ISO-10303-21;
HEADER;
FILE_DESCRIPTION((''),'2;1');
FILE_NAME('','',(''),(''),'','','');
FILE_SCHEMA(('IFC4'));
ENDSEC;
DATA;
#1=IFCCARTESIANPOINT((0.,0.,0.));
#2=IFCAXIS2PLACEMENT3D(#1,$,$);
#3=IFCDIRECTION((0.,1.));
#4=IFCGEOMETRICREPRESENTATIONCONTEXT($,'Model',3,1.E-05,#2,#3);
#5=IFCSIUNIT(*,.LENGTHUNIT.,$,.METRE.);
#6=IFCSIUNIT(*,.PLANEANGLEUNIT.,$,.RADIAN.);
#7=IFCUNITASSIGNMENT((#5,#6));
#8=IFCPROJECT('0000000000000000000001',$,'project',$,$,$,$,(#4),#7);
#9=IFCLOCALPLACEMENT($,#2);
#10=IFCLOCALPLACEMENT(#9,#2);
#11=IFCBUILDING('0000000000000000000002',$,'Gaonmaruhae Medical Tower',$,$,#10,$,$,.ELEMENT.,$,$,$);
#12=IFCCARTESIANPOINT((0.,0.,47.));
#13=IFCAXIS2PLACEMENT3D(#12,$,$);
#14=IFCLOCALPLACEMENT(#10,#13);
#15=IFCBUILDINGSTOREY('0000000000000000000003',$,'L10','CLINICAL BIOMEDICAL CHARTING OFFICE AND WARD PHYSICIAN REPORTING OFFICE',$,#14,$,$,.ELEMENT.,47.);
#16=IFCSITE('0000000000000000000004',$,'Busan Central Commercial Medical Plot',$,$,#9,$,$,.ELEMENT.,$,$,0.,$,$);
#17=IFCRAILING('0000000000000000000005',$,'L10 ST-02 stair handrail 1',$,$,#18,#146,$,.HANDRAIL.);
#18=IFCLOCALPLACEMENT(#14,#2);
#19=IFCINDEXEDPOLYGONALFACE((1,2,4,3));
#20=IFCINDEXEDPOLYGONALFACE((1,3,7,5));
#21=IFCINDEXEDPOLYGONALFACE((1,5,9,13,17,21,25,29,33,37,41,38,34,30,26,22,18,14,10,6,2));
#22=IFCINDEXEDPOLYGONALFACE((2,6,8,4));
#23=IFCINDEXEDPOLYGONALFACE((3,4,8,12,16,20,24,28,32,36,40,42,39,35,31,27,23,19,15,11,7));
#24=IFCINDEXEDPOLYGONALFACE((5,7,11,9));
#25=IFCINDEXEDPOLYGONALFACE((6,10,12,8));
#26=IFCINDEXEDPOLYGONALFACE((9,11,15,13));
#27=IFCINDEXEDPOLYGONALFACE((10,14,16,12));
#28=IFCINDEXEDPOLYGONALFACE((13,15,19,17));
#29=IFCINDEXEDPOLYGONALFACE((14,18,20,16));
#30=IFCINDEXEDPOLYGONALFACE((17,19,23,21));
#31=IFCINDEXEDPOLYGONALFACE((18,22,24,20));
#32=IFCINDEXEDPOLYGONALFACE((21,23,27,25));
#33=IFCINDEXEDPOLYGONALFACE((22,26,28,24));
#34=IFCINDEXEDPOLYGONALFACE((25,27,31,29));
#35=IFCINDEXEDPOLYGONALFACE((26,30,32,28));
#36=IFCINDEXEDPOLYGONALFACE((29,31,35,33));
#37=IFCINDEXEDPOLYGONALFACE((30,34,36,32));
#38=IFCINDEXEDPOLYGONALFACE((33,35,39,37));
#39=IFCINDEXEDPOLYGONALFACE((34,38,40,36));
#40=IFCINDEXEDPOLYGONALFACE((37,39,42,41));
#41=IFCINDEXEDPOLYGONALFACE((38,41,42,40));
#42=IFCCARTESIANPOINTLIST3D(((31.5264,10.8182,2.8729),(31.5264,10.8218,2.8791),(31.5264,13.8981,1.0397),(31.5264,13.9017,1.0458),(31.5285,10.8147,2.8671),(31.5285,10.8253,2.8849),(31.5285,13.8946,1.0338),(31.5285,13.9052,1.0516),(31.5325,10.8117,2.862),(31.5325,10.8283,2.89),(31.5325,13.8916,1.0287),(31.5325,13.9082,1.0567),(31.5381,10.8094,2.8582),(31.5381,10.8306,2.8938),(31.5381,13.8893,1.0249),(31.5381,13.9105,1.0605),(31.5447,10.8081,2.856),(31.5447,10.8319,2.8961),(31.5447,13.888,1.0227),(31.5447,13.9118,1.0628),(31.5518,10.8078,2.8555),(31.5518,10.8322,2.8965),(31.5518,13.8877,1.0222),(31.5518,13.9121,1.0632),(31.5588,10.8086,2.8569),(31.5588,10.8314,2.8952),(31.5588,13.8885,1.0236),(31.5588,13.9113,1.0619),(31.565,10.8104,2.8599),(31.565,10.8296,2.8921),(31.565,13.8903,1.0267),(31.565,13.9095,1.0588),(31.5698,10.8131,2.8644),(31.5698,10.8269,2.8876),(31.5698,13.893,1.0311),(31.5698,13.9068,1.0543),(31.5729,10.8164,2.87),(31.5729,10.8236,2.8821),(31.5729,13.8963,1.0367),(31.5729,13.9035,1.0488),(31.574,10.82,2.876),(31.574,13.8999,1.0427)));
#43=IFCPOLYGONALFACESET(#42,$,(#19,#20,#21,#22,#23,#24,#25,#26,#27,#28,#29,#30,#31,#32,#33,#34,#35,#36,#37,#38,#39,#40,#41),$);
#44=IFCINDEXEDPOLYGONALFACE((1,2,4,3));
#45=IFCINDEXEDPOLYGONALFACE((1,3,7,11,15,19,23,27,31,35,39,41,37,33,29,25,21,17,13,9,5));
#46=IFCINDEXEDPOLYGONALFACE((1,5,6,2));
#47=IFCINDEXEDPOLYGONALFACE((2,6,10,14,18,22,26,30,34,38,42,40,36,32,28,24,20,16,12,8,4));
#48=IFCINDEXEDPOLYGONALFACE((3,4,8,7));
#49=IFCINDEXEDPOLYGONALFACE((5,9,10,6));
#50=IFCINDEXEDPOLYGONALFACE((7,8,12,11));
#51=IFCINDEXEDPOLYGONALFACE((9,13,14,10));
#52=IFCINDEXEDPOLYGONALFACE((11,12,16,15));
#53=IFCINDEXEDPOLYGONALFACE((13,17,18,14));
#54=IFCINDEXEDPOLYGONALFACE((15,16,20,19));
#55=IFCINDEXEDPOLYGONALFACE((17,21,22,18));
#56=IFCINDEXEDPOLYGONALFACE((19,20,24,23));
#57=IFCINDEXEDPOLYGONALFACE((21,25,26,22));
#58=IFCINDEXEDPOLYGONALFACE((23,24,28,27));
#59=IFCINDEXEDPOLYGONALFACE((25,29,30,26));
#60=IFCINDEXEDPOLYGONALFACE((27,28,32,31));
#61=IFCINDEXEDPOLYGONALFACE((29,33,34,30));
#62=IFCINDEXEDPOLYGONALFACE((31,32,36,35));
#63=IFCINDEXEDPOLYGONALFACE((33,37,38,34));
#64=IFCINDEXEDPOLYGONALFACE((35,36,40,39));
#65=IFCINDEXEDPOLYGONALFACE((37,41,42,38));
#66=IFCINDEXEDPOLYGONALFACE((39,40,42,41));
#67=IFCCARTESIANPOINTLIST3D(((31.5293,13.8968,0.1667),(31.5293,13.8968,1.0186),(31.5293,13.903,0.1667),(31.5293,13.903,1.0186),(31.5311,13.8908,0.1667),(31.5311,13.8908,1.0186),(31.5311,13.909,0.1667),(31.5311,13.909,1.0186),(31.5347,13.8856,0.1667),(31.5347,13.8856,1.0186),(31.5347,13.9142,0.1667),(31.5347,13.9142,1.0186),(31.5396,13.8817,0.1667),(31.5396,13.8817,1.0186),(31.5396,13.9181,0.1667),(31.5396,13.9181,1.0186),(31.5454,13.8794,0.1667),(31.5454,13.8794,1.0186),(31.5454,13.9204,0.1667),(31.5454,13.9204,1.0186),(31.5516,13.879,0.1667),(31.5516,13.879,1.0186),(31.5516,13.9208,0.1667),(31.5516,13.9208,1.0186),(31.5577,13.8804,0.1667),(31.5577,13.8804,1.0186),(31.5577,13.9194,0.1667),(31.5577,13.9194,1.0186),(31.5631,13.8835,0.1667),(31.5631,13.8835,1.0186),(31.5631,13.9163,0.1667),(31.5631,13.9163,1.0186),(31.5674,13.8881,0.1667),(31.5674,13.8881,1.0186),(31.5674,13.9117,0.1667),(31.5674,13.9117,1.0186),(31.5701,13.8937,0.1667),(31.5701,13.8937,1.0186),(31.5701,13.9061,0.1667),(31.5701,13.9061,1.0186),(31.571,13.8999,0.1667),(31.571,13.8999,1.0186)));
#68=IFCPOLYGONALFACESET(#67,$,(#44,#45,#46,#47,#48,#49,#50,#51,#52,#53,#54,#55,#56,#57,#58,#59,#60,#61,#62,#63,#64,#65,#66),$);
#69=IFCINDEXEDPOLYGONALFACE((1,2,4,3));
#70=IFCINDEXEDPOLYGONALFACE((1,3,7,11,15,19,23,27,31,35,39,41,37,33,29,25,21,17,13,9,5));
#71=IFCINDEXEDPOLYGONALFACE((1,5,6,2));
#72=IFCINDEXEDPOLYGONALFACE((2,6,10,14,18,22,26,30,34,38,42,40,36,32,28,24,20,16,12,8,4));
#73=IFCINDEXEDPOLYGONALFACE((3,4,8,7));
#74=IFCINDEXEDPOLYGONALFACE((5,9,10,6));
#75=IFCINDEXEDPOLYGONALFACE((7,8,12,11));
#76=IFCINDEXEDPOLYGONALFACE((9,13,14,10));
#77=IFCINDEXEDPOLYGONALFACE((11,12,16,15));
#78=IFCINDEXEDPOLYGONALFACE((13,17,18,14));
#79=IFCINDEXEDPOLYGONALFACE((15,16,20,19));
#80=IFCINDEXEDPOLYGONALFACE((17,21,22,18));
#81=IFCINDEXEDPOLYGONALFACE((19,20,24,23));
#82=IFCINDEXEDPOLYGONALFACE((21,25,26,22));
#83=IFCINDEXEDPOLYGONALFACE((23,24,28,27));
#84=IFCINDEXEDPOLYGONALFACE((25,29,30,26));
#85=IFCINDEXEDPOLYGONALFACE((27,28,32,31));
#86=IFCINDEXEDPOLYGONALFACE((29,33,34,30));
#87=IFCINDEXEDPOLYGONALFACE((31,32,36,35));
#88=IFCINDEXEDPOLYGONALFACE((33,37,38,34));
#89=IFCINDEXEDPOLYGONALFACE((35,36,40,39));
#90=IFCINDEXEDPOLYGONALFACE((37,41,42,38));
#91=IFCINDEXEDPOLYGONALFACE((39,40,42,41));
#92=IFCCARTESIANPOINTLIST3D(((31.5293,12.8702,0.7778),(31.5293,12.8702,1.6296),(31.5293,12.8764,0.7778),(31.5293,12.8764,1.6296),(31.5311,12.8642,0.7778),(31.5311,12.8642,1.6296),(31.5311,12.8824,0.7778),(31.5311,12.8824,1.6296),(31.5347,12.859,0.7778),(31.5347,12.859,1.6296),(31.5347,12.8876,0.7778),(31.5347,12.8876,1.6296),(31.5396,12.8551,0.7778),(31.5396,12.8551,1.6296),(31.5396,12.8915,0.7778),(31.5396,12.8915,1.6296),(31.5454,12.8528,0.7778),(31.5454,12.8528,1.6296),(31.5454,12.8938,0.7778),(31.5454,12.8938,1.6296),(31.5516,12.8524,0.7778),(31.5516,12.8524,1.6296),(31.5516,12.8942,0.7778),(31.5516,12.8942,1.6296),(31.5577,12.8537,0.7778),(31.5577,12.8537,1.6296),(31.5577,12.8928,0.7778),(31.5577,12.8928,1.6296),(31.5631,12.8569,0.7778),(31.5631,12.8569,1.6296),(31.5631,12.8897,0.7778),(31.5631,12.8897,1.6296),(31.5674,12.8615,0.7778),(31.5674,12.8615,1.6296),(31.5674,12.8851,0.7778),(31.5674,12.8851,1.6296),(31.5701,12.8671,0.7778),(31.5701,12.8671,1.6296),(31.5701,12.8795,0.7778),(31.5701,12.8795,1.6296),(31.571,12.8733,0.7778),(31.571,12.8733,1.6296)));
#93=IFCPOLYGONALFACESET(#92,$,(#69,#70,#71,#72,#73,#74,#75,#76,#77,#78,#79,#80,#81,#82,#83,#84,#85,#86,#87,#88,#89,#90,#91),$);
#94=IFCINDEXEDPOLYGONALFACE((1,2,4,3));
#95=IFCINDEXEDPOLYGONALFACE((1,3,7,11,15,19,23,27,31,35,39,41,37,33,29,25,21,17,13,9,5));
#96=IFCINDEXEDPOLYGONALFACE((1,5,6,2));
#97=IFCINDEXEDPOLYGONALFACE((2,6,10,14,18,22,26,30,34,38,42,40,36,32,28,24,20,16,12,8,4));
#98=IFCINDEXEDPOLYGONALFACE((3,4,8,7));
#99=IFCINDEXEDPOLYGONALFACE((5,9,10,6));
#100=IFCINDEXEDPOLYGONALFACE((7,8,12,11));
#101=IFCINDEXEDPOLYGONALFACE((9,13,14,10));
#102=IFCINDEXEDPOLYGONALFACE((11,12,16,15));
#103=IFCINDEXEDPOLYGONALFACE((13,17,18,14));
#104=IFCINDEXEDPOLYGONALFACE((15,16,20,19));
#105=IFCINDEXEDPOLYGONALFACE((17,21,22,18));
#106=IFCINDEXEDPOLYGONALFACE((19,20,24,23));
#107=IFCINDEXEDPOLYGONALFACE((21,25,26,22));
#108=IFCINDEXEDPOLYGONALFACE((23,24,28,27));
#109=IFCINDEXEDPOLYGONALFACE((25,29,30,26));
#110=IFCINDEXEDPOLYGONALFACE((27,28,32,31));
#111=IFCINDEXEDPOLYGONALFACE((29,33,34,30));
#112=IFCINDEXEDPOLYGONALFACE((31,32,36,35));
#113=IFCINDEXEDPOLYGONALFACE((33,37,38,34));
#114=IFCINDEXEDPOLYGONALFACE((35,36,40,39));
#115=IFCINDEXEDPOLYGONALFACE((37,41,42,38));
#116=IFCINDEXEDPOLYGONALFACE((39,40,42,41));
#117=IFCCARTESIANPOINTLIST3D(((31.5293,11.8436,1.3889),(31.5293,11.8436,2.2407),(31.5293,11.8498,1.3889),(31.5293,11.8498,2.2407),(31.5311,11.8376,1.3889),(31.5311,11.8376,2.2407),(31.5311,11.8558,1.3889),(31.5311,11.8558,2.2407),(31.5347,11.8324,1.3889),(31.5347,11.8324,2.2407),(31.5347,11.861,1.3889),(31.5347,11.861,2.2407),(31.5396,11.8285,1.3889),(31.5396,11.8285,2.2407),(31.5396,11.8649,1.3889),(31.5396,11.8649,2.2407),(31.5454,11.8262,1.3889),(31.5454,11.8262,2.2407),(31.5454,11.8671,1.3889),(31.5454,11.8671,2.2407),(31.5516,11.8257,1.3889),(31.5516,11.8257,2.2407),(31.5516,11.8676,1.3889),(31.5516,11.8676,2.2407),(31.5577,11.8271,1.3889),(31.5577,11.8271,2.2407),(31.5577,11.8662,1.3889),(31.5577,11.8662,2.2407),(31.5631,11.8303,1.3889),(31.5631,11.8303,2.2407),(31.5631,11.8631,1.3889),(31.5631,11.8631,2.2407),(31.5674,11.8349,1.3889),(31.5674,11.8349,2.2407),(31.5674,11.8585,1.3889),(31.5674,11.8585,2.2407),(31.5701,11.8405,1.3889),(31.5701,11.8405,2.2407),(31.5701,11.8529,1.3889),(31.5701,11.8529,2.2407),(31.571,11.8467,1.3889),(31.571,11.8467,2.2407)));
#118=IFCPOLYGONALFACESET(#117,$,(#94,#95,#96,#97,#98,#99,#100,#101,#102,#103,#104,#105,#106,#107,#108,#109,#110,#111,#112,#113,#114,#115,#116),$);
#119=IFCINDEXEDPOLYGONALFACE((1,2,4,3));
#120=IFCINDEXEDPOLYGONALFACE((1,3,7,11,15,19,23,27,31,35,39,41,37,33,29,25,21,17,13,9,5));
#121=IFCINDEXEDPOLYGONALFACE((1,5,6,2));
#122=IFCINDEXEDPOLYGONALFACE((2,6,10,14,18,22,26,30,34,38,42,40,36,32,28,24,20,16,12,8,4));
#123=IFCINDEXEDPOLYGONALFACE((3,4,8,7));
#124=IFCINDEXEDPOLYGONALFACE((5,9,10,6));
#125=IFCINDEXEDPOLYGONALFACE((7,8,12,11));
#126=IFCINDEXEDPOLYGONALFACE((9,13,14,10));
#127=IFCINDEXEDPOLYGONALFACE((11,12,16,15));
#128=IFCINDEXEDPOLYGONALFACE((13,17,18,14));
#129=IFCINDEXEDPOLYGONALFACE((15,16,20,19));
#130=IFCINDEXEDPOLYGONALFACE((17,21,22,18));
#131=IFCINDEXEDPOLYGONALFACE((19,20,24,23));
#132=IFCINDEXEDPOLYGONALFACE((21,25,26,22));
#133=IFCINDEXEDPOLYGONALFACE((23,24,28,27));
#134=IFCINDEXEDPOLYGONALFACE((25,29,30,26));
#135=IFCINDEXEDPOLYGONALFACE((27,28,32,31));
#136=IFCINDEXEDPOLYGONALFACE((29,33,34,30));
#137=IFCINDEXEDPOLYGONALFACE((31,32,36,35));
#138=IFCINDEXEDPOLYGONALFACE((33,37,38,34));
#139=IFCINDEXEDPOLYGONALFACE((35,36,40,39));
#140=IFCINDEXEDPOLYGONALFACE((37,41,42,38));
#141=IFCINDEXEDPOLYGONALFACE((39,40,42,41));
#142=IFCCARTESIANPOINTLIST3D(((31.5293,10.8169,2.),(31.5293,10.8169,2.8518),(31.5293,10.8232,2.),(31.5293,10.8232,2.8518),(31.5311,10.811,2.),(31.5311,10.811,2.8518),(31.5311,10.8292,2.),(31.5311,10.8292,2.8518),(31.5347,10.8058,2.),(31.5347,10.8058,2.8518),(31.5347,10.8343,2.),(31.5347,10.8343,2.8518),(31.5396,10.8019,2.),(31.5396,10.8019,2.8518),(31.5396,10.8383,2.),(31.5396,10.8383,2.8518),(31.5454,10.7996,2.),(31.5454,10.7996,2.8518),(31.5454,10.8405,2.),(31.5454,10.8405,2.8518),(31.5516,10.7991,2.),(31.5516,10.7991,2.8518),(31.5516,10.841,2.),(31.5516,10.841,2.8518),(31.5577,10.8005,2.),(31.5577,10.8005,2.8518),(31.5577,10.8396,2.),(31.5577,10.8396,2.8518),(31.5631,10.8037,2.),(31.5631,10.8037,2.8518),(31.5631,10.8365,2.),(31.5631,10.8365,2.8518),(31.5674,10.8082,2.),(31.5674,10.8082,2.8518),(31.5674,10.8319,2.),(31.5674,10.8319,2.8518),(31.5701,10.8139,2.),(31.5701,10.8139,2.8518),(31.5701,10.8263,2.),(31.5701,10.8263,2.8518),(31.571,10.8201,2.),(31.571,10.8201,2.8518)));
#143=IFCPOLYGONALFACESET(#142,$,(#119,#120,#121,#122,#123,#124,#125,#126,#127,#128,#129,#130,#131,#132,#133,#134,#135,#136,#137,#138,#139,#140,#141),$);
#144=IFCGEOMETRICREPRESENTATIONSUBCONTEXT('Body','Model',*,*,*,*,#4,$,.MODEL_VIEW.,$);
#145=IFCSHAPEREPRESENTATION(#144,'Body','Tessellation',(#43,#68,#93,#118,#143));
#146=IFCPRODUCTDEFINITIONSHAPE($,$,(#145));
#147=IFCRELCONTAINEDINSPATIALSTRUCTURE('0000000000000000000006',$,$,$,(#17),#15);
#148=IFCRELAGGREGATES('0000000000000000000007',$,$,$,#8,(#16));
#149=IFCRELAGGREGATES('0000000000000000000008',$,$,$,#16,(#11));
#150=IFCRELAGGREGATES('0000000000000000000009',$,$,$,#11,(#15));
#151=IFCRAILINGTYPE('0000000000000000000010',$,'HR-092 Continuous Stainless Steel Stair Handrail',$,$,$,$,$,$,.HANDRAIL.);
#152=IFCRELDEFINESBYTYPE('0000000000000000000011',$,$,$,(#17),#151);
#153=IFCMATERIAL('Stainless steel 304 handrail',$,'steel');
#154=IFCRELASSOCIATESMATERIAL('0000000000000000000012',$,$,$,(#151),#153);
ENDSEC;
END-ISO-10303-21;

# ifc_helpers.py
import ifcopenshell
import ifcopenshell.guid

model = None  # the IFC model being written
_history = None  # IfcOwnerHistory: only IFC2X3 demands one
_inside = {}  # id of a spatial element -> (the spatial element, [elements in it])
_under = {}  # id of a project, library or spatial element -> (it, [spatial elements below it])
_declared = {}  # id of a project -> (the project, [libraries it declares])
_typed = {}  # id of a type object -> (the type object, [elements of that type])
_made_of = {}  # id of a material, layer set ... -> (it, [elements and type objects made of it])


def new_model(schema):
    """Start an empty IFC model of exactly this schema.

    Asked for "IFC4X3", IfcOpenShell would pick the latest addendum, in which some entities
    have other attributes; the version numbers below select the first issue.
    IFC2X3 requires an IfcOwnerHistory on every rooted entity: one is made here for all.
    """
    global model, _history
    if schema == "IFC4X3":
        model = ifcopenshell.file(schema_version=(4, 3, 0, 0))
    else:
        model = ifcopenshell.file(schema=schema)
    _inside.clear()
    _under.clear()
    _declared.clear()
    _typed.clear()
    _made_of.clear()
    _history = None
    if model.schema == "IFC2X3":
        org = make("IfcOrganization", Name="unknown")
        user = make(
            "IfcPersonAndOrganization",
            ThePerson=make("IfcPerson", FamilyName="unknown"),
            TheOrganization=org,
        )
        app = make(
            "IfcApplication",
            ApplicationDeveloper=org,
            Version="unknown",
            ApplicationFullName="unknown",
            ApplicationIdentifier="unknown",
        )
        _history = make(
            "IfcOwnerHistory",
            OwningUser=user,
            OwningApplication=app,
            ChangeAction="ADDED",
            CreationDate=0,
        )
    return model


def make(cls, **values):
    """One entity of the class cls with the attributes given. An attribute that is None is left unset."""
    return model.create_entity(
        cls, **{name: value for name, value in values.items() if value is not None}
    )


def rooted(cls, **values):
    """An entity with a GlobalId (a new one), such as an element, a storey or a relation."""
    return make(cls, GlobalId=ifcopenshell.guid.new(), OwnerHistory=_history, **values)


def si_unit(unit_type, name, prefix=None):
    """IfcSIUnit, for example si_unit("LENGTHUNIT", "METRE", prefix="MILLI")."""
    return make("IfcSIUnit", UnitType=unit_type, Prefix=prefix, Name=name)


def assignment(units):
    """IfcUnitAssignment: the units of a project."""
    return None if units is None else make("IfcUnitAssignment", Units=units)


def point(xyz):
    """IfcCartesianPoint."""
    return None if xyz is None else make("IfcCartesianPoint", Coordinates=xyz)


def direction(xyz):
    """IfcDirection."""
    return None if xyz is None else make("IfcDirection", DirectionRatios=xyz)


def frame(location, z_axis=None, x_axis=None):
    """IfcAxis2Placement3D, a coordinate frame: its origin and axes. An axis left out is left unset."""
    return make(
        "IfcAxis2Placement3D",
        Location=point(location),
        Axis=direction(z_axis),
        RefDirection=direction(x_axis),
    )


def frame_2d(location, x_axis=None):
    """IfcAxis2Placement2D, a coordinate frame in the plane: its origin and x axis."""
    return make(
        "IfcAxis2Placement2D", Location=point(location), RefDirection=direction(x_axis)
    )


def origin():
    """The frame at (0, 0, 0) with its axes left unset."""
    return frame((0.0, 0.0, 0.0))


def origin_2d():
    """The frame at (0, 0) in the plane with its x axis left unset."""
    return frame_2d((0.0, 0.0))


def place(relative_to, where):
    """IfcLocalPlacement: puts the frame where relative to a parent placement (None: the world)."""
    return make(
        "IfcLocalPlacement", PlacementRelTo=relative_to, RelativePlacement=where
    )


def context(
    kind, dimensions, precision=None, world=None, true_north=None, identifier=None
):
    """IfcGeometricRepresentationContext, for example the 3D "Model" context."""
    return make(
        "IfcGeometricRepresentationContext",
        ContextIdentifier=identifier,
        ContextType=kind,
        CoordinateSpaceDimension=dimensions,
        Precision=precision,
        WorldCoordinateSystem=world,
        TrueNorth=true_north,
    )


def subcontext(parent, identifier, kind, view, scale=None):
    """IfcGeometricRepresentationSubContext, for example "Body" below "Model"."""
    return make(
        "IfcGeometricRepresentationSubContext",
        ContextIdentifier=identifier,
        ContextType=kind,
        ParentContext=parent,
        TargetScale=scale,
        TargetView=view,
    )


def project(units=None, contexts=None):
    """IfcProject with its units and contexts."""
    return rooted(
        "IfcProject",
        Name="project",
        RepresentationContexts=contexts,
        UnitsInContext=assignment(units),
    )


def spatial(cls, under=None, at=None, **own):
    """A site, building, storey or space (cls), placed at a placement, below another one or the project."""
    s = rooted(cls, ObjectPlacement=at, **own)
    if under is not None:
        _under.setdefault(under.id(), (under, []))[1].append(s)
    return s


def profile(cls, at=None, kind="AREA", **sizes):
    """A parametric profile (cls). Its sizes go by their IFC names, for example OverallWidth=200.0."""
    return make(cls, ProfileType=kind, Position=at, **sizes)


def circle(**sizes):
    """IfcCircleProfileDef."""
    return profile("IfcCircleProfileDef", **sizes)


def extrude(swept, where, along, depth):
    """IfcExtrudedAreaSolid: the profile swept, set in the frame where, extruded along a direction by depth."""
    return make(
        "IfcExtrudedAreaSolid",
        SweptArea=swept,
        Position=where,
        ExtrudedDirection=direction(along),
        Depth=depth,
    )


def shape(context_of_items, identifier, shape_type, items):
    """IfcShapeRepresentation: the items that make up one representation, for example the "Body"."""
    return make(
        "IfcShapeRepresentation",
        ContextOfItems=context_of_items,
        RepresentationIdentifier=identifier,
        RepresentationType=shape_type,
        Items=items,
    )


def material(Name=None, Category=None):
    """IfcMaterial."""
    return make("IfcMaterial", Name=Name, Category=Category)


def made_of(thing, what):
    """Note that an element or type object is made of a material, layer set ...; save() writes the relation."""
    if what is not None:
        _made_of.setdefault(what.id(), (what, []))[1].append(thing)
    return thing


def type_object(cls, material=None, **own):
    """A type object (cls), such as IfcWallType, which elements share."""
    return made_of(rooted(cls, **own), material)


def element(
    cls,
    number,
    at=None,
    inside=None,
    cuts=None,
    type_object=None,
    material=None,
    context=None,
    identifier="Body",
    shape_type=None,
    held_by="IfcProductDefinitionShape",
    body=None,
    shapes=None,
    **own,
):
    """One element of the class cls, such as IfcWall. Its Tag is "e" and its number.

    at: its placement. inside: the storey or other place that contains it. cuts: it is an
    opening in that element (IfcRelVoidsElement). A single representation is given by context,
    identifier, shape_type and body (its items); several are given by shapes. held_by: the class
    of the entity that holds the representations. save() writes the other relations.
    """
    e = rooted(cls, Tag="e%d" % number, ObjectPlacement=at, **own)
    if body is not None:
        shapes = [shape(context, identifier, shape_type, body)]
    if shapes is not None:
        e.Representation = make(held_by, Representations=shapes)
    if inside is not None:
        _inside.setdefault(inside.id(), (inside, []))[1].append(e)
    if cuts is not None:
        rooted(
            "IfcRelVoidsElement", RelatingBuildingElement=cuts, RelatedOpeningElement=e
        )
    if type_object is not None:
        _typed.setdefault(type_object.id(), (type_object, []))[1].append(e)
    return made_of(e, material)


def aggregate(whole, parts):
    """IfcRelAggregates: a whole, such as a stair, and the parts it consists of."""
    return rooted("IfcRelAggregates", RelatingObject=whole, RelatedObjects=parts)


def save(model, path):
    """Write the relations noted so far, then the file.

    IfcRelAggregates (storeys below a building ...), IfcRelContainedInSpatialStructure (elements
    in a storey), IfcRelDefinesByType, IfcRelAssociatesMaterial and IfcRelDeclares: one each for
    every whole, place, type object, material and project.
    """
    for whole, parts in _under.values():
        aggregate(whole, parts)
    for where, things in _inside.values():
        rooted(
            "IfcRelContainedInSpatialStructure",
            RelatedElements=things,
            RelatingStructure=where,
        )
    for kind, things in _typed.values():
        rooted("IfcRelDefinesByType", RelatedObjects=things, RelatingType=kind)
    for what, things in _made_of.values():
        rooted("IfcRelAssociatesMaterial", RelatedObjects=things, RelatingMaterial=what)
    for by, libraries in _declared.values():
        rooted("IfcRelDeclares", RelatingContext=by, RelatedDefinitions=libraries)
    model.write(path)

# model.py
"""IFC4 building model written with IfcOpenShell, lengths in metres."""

from ifc_helpers import new_model, si_unit, direction, frame, origin, origin_2d, place, context, subcontext, project, spatial, circle, extrude, material, type_object, element, save


model = new_model("IFC4")

# Units and contexts
model_context = context("Model", 3, precision=1e-05, world=origin(), true_north=direction((0.0, 1.0)))
body_context = subcontext(model_context, "Body", "Model", "MODEL_VIEW")
ifc_project = project(units=[si_unit("LENGTHUNIT", "METRE"), si_unit("PLANEANGLEUNIT", "RADIAN")], contexts=[model_context])

# Site, building, storey
site_placement = place(None, origin())
site = spatial("IfcSite", under=ifc_project, at=site_placement, Name="Busan Central Commercial Medical Plot", CompositionType="ELEMENT", RefElevation=0.0)
building_placement = place(site_placement, origin())
building = spatial("IfcBuilding", under=site, at=building_placement, Name="Gaonmaruhae Medical Tower", CompositionType="ELEMENT")
storey_placement = place(building_placement, frame((0.0, 0.0, 47.0)))
storey = spatial("IfcBuildingStorey", under=building, at=storey_placement, Name="L10", Description="CLINICAL BIOMEDICAL CHARTING OFFICE AND WARD PHYSICIAN REPORTING OFFICE", CompositionType="ELEMENT", Elevation=47.0)

# Railing
ifc_material_1 = material(Name="Stainless steel 304 handrail", Category="steel")
railing_type_1 = type_object("IfcRailingType", Name="HR-092 Continuous Stainless Steel Stair Handrail", PredefinedType="HANDRAIL", material=ifc_material_1)
railing_1_placement = place(storey_placement, frame((31.55, 13.8999, 0.1667)))
element("IfcRailing", 1, at=railing_1_placement, inside=storey, type_object=railing_type_1, Name="L10 ST-02 stair handrail 1", PredefinedType="HANDRAIL", context=body_context, shape_type="SweptSolid", body=[
    extrude(circle(Radius=0.0239, at=origin_2d()), frame((0.0, 0.0, 0.876), z_axis=(0.0, -0.859291, 0.511487), x_axis=(1.0, 0.0, 0.0)), (0.0, 0.0, 1.0), 3.5842),
    extrude(circle(Radius=0.021, at=origin_2d()), origin(), (0.0, 0.0, 1.0), 0.8518),
    extrude(circle(Radius=0.021, at=origin_2d()), frame((0.0, -1.0266, 0.6111)), (0.0, 0.0, 1.0), 0.8518),
    extrude(circle(Radius=0.021, at=origin_2d()), frame((0.0, -2.0532, 1.2222)), (0.0, 0.0, 1.0), 0.8518),
    extrude(circle(Radius=0.021, at=origin_2d()), frame((0.0, -3.0798, 1.8333)), (0.0, 0.0, 1.0), 0.8518),
])

save(model, "model.ifc")
